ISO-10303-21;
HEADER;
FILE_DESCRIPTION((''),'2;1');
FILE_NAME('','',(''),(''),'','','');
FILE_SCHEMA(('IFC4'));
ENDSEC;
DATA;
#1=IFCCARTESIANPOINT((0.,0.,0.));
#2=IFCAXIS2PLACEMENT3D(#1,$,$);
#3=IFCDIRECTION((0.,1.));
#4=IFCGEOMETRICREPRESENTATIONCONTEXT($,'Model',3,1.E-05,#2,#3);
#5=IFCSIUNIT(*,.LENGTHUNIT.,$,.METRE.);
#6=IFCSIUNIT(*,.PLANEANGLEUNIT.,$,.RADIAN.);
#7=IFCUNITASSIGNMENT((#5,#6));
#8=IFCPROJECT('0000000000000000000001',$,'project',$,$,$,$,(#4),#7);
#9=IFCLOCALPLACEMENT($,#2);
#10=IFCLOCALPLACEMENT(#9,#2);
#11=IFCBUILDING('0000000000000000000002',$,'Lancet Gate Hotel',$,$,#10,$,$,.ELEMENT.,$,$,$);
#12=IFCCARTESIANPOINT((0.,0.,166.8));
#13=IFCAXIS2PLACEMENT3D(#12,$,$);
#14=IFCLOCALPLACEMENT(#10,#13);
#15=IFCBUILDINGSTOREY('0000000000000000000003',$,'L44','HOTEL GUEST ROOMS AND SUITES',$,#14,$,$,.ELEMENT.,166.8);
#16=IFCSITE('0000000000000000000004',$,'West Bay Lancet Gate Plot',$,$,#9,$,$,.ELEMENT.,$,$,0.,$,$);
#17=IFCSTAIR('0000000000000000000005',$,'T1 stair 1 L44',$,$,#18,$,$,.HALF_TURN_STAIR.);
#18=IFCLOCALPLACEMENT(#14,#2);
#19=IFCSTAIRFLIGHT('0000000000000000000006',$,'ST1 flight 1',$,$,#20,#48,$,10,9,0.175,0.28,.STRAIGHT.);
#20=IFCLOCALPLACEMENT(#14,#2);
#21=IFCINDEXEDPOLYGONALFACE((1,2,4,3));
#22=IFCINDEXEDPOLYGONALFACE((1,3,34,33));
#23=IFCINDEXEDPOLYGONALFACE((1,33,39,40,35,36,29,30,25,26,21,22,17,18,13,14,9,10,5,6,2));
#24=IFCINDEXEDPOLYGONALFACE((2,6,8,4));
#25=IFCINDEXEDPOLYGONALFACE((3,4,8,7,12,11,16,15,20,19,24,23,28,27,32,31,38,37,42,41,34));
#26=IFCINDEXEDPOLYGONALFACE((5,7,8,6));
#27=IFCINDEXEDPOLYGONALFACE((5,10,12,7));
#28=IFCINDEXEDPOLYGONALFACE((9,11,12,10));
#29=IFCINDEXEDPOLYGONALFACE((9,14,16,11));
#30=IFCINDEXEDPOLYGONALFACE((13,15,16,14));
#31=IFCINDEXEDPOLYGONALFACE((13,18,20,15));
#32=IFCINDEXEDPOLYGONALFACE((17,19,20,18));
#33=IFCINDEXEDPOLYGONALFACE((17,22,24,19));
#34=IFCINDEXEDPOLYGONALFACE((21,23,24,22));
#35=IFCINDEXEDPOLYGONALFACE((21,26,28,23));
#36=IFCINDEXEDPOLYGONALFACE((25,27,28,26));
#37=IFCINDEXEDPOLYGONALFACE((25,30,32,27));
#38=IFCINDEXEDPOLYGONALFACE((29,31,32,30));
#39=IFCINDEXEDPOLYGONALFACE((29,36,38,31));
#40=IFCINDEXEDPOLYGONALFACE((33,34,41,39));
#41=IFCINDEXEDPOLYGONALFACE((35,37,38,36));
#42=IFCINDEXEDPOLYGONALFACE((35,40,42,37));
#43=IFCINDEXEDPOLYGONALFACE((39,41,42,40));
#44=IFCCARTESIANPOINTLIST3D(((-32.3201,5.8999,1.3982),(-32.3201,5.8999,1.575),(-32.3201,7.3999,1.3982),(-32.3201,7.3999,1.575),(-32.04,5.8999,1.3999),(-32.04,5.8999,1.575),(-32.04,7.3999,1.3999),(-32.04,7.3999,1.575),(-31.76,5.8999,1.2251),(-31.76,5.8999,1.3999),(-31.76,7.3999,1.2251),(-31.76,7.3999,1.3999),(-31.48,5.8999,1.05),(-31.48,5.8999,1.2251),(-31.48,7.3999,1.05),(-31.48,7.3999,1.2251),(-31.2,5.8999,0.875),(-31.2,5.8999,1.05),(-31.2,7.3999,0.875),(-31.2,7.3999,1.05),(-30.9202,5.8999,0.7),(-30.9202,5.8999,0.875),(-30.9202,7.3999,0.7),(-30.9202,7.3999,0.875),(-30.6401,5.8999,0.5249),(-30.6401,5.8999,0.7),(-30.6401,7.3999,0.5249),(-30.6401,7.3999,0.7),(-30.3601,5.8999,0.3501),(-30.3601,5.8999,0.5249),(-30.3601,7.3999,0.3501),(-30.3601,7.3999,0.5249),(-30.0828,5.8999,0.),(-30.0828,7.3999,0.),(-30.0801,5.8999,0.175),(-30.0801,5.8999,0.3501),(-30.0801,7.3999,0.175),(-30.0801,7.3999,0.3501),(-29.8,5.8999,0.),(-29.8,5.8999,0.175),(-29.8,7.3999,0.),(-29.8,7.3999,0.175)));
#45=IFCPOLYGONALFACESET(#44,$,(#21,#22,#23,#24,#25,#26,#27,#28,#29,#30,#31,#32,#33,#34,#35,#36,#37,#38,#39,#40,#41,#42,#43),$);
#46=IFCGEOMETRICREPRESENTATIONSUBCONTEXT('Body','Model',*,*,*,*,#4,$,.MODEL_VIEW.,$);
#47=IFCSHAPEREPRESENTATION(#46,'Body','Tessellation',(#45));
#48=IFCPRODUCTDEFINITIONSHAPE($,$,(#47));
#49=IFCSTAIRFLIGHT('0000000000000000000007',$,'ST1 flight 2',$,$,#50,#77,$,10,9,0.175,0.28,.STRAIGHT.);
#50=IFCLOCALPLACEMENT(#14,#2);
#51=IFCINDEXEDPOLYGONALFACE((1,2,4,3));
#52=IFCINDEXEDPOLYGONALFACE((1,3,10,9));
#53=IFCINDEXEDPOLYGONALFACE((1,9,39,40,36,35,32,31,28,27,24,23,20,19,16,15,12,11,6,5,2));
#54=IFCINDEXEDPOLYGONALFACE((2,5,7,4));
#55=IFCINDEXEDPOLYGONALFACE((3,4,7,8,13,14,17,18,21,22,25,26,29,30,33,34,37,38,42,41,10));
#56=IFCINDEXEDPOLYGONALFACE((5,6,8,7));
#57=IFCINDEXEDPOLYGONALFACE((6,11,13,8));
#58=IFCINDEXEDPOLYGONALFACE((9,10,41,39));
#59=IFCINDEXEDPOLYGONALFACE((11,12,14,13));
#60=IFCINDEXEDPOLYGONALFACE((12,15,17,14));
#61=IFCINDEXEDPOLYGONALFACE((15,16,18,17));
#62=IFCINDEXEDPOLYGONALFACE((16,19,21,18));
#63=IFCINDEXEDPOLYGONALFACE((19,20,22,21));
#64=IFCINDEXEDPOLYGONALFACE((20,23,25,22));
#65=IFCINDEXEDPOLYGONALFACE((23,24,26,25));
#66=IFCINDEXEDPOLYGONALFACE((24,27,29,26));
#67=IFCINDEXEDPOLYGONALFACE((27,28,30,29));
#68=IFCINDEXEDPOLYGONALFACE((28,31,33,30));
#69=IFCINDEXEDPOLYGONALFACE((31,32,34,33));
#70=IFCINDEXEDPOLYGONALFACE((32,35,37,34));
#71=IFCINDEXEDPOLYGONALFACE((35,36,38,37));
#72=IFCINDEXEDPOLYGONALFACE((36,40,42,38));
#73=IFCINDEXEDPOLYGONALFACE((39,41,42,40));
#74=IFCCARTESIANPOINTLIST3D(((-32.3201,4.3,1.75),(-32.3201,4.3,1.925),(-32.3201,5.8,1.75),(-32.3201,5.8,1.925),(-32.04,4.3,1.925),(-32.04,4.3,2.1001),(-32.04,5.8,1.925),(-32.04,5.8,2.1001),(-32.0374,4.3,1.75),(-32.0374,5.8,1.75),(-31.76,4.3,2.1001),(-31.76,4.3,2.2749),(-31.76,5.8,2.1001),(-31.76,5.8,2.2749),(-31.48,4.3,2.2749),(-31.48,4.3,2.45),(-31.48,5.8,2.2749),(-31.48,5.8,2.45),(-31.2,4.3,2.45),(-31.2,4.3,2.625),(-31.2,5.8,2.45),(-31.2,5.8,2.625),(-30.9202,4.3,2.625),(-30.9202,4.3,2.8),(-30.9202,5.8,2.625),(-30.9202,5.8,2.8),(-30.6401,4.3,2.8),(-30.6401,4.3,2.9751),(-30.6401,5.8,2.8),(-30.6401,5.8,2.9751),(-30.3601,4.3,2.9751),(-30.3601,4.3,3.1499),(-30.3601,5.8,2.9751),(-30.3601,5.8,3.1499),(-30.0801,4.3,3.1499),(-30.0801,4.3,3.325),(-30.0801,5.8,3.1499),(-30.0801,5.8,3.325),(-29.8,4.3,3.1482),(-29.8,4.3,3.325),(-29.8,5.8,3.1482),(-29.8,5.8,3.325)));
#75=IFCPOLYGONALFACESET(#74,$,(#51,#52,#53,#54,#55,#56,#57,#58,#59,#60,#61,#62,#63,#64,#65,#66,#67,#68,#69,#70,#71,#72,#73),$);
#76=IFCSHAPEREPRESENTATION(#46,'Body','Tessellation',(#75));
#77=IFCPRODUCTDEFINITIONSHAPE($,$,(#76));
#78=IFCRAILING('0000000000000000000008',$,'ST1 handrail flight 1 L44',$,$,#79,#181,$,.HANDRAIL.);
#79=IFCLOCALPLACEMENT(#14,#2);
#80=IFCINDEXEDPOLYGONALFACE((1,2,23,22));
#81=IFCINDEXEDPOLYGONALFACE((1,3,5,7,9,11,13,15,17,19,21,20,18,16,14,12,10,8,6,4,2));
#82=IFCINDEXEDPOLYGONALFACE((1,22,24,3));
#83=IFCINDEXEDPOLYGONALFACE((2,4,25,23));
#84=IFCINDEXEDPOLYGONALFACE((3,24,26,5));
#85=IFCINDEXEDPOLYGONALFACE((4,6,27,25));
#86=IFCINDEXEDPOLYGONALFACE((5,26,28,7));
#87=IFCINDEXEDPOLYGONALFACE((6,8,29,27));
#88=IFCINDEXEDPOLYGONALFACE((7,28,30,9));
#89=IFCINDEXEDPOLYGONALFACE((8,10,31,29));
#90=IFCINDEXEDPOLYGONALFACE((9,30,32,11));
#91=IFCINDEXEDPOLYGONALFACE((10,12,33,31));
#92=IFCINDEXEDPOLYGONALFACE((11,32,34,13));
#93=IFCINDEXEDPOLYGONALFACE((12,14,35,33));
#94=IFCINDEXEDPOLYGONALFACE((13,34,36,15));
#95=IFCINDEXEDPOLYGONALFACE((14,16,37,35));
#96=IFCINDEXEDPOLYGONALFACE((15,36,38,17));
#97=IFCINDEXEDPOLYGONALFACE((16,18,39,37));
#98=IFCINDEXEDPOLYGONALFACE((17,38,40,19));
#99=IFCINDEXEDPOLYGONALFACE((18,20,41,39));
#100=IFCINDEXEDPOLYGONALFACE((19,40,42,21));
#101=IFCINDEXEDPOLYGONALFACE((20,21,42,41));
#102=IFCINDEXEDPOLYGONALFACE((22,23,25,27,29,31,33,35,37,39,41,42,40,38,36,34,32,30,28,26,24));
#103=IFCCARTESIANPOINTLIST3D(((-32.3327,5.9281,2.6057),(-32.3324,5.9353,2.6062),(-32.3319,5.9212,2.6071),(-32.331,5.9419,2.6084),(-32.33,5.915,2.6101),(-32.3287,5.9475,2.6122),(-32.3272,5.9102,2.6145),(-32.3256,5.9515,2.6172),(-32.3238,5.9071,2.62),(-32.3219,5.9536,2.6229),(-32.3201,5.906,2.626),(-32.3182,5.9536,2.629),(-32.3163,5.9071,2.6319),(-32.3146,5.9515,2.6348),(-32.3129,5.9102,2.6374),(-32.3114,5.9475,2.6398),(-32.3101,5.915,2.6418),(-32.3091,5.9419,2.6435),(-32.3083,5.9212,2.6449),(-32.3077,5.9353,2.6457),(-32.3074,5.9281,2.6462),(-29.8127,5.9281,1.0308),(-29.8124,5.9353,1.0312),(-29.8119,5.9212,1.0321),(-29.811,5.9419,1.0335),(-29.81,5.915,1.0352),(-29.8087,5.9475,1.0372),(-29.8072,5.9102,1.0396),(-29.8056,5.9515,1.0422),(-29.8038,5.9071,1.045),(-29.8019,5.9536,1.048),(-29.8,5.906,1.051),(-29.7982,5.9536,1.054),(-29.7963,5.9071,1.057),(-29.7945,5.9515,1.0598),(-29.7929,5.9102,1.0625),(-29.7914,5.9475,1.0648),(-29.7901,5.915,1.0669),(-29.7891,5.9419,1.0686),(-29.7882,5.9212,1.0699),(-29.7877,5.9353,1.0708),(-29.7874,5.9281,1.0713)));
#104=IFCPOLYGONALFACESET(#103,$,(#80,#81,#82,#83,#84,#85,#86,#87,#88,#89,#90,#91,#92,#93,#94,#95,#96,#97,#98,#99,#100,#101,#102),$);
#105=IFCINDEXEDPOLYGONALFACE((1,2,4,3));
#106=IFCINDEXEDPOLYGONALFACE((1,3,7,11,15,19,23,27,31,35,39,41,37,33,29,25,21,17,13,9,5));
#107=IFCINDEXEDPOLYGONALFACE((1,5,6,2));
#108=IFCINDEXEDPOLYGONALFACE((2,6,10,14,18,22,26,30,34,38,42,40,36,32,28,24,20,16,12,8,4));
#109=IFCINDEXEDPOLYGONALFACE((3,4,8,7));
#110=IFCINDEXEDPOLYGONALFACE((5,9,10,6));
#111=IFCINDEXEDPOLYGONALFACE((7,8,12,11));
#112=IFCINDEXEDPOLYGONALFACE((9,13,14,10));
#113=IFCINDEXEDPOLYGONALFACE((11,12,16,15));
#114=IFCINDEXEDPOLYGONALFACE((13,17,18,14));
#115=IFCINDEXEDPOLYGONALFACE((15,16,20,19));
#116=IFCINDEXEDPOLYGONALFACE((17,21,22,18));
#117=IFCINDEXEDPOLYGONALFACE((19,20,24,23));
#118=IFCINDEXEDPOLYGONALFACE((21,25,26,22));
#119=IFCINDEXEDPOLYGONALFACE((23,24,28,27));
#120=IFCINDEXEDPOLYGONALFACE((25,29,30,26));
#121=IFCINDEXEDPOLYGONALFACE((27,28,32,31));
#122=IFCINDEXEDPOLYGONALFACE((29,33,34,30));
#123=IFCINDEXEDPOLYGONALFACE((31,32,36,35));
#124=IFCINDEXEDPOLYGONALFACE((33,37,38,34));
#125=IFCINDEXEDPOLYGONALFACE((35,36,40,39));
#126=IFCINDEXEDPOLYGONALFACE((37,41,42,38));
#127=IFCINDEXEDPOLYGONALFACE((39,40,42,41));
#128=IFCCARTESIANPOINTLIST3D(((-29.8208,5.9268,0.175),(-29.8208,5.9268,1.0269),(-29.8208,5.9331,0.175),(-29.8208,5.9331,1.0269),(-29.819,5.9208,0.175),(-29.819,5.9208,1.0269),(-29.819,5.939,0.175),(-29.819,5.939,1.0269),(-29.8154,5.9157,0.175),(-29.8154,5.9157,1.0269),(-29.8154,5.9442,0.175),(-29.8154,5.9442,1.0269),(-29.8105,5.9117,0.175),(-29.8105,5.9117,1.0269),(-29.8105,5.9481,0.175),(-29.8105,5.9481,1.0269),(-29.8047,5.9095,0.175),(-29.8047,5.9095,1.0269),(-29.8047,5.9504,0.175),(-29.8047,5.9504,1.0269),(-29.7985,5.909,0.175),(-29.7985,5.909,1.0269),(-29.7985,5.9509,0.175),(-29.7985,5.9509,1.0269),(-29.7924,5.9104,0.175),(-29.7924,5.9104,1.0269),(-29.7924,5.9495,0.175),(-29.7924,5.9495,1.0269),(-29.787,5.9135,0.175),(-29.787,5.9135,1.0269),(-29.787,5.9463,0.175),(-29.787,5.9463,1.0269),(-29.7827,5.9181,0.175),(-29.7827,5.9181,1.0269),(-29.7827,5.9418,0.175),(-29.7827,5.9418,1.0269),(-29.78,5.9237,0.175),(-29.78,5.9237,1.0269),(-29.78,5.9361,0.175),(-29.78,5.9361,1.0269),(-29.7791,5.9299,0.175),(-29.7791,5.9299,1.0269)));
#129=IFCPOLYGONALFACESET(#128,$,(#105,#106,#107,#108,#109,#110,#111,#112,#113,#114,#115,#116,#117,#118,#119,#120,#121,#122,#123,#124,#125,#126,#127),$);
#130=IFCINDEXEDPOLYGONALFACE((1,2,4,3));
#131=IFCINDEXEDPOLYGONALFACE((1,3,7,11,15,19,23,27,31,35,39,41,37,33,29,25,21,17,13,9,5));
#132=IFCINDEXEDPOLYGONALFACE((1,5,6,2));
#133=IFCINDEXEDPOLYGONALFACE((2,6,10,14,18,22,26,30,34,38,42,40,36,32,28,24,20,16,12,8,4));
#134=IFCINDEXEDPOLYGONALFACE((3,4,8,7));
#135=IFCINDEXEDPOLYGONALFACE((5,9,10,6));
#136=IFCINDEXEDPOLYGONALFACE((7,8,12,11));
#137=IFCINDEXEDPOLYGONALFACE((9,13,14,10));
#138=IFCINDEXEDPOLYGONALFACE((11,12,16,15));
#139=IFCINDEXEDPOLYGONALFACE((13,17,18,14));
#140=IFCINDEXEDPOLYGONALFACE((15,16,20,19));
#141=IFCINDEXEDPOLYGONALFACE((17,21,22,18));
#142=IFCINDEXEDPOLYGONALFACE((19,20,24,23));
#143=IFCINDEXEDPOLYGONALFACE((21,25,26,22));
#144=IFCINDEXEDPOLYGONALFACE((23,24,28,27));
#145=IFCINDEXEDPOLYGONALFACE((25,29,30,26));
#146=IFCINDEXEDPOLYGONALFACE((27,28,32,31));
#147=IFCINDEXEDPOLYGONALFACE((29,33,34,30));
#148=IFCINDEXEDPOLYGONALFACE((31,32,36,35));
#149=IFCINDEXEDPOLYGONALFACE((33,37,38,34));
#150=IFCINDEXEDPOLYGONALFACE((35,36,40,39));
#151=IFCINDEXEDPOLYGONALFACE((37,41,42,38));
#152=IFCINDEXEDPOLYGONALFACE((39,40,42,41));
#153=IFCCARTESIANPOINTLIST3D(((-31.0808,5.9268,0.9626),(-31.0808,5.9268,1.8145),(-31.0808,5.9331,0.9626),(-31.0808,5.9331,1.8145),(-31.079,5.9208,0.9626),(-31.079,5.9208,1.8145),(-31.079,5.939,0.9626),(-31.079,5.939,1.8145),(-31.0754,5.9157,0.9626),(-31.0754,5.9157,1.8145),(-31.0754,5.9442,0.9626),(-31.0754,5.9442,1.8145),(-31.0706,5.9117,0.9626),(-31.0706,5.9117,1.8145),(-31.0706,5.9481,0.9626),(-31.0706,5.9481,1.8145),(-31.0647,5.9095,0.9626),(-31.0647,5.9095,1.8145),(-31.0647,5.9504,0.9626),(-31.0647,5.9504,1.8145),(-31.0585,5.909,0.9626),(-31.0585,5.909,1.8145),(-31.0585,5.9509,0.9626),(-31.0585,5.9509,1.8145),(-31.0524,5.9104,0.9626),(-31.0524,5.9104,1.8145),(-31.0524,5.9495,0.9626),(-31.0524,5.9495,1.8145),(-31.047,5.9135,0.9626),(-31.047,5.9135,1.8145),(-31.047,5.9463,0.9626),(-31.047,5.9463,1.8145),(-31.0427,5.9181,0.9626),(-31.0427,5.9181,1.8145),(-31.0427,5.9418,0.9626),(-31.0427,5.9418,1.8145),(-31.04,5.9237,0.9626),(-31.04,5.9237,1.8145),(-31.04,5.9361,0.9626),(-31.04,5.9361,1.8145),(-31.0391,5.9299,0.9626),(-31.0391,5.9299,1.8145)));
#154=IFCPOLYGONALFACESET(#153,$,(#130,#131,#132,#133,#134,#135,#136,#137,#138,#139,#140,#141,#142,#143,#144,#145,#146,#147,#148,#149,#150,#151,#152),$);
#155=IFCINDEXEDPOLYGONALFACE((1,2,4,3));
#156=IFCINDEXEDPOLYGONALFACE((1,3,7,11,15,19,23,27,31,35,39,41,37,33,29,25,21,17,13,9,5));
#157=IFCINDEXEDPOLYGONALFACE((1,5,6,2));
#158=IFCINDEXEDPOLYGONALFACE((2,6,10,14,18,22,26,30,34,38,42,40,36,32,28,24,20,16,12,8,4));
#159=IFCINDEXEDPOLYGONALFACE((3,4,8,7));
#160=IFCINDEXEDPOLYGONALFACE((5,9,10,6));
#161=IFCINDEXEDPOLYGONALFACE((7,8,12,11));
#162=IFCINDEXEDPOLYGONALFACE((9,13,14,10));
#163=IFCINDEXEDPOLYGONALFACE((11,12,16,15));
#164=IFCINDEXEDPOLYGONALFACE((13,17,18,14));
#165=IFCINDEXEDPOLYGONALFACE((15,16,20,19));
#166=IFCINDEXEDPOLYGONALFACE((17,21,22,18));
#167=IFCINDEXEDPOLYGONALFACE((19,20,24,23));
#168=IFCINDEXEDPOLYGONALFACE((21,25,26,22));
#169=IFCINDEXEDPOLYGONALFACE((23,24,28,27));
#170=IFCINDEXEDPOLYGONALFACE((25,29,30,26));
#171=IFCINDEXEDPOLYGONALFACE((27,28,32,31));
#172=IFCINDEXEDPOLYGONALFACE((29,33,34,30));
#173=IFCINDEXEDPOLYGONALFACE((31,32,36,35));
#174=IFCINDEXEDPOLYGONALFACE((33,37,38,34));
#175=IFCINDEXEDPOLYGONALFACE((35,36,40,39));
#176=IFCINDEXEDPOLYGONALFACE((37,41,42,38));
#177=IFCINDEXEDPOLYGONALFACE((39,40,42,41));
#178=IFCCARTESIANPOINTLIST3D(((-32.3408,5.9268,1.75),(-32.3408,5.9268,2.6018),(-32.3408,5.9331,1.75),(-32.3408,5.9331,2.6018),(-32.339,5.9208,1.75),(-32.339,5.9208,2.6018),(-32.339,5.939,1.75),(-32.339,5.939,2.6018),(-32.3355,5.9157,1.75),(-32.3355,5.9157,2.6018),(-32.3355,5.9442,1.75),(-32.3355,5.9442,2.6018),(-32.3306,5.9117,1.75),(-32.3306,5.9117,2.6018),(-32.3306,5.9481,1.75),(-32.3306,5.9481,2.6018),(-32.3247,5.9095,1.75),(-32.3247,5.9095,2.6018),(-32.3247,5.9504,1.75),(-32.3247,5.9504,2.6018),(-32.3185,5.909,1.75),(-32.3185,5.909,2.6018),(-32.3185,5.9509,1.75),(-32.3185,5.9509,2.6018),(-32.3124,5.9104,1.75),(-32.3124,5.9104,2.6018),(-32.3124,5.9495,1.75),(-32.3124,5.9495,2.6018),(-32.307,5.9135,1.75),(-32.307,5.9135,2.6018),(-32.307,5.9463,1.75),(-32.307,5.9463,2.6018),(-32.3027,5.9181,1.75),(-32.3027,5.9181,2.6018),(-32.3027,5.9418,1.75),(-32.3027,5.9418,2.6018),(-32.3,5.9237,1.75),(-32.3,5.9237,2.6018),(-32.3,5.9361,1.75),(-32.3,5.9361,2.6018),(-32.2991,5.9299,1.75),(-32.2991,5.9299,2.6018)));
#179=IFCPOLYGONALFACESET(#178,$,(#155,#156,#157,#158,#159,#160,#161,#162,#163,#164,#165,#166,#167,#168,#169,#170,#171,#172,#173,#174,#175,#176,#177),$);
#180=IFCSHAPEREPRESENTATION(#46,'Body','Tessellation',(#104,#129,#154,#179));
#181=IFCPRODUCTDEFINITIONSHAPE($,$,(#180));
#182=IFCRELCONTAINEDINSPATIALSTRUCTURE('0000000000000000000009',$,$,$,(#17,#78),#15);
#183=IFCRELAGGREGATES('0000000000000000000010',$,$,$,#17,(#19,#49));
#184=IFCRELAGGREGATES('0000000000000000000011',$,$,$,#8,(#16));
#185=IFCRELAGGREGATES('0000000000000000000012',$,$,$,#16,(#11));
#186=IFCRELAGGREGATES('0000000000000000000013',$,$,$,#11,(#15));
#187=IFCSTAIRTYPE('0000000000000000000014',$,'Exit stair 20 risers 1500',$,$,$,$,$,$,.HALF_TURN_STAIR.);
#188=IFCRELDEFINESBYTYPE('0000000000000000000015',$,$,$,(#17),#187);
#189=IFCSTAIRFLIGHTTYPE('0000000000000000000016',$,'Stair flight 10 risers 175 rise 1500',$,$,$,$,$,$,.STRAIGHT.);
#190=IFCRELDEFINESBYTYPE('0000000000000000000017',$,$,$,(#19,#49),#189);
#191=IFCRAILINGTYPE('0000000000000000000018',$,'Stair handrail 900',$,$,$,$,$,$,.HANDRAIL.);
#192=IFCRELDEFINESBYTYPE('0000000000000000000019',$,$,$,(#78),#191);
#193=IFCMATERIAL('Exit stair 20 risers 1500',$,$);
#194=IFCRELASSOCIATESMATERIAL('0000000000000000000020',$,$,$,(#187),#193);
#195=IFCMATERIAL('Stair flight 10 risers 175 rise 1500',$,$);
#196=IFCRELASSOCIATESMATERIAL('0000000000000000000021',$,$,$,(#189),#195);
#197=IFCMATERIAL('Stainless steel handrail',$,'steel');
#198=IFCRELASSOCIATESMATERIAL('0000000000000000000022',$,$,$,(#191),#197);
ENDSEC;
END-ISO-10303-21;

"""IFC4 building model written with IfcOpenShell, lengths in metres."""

from ifc_helpers import new_model, si_unit, direction, frame, origin, origin_2d, place, context, subcontext, project, spatial, polyline, circle, outline, extrude, material, type_object, element, aggregate, save


model = new_model("IFC4")

# Units and contexts
model_context = context("Model", 3, precision=1e-05, world=origin(), true_north=direction((0.0, 1.0)))
body_context = subcontext(model_context, "Body", "Model", "MODEL_VIEW")
ifc_project = project(units=[si_unit("LENGTHUNIT", "METRE"), si_unit("PLANEANGLEUNIT", "RADIAN")], contexts=[model_context])

# Site, building, storey
site_placement = place(None, origin())
site = spatial("IfcSite", under=ifc_project, at=site_placement, Name="West Bay Lancet Gate Plot", CompositionType="ELEMENT", RefElevation=0.0)
building_placement = place(site_placement, origin())
building = spatial("IfcBuilding", under=site, at=building_placement, Name="Lancet Gate Hotel", CompositionType="ELEMENT")
storey_placement = place(building_placement, frame((0.0, 0.0, 166.8)))
storey = spatial("IfcBuildingStorey", under=building, at=storey_placement, Name="L44", Description="HOTEL GUEST ROOMS AND SUITES", CompositionType="ELEMENT", Elevation=166.8)

# Stair, stair flights
ifc_material_1 = material(Name="Exit stair 20 risers 1500")
stair_type = type_object("IfcStairType", Name="Exit stair 20 risers 1500", PredefinedType="HALF_TURN_STAIR", material=ifc_material_1)
stair_placement = place(storey_placement, origin())
stair = element("IfcStair", 1, at=stair_placement, inside=storey, type_object=stair_type, Name="T1 stair 1 L44", PredefinedType="HALF_TURN_STAIR")
ifc_material_2 = material(Name="Stair flight 10 risers 175 rise 1500")
stair_flight_type = type_object("IfcStairFlightType", Name="Stair flight 10 risers 175 rise 1500", PredefinedType="STRAIGHT", material=ifc_material_2)
stair_flight_1_placement = place(storey_placement, frame((-29.8, 6.6499, 0.0), z_axis=(0.0, 0.0, 1.0), x_axis=(-1.0, 0.0, 0.0)))
stair_flight_1 = element("IfcStairFlight", 2, at=stair_flight_1_placement, type_object=stair_flight_type, Name="ST1 flight 1", NumberOfRisers=10, NumberOfTreads=9, PredefinedType="STRAIGHT", RiserHeight=0.175, TreadLength=0.28, context=body_context, shape_type="SweptSolid", body=[
    extrude(outline(polyline([(0.0, 0.0), (0.0, 0.175), (0.28, 0.175), (0.28, 0.3501), (0.5601, 0.3501), (0.5601, 0.5249), (0.8401, 0.5249), (0.8401, 0.7), (1.1201, 0.7), (1.1201, 0.875), (1.3999, 0.875), (1.3999, 1.05), (1.6799, 1.05), (1.6799, 1.2251), (1.96, 1.2251), (1.96, 1.3999), (2.24, 1.3999), (2.24, 1.575), (2.52, 1.575), (2.52, 1.75), (2.52, 1.3982), (0.2827, 0.0), (0.0, 0.0)])), frame((0.0, 0.75, 0.0), z_axis=(0.0, -1.0, 0.0), x_axis=(1.0, 0.0, 0.0)), (0.0, 0.0, 1.0), 1.5),
])
stair_flight_2_placement = place(storey_placement, frame((-32.3201, 5.05, 1.75), z_axis=(0.0, 0.0, 1.0), x_axis=(1.0, 0.0, 0.0)))
stair_flight_2 = element("IfcStairFlight", 3, at=stair_flight_2_placement, type_object=stair_flight_type, Name="ST1 flight 2", NumberOfRisers=10, NumberOfTreads=9, PredefinedType="STRAIGHT", RiserHeight=0.175, TreadLength=0.28, context=body_context, shape_type="SweptSolid", body=[
    extrude(outline(polyline([(0.0, 0.0), (0.0, 0.175), (0.28, 0.175), (0.28, 0.3501), (0.5601, 0.3501), (0.5601, 0.5249), (0.8401, 0.5249), (0.8401, 0.7), (1.1201, 0.7), (1.1201, 0.875), (1.3999, 0.875), (1.3999, 1.05), (1.6799, 1.05), (1.6799, 1.2251), (1.96, 1.2251), (1.96, 1.3999), (2.24, 1.3999), (2.24, 1.575), (2.52, 1.575), (2.52, 1.75), (2.52, 1.3982), (0.2827, 0.0), (0.0, 0.0)])), frame((0.0, 0.75, 0.0), z_axis=(0.0, -1.0, 0.0), x_axis=(1.0, 0.0, 0.0)), (0.0, 0.0, 1.0), 1.5),
])
aggregate(stair, [stair_flight_1, stair_flight_2])

# Railing
ifc_material_3 = material(Name="Stainless steel handrail", Category="steel")
railing_type = type_object("IfcRailingType", Name="Stair handrail 900", PredefinedType="HANDRAIL", material=ifc_material_3)
railing_1_placement = place(storey_placement, frame((-29.8, 5.9299, 0.175)))
element("IfcRailing", 4, at=railing_1_placement, inside=storey, type_object=railing_type, Name="ST1 handrail flight 1 L44", PredefinedType="HANDRAIL", context=body_context, shape_type="SweptSolid", body=[
    extrude(circle(Radius=0.0239, at=origin_2d()), frame((0.0, 0.0, 0.876), z_axis=(-0.848008, 0.0, 0.529984), x_axis=(0.0, -1.0, 0.0)), (0.0, 0.0, 1.0), 2.9717),
    extrude(circle(Radius=0.021, at=origin_2d()), origin(), (0.0, 0.0, 1.0), 0.8518),
    extrude(circle(Radius=0.021, at=origin_2d()), frame((-1.26, 0.0, 0.7876)), (0.0, 0.0, 1.0), 0.8518),
    extrude(circle(Radius=0.021, at=origin_2d()), frame((-2.52, 0.0, 1.575)), (0.0, 0.0, 1.0), 0.8518),
])

save(model, "model.ifc")
